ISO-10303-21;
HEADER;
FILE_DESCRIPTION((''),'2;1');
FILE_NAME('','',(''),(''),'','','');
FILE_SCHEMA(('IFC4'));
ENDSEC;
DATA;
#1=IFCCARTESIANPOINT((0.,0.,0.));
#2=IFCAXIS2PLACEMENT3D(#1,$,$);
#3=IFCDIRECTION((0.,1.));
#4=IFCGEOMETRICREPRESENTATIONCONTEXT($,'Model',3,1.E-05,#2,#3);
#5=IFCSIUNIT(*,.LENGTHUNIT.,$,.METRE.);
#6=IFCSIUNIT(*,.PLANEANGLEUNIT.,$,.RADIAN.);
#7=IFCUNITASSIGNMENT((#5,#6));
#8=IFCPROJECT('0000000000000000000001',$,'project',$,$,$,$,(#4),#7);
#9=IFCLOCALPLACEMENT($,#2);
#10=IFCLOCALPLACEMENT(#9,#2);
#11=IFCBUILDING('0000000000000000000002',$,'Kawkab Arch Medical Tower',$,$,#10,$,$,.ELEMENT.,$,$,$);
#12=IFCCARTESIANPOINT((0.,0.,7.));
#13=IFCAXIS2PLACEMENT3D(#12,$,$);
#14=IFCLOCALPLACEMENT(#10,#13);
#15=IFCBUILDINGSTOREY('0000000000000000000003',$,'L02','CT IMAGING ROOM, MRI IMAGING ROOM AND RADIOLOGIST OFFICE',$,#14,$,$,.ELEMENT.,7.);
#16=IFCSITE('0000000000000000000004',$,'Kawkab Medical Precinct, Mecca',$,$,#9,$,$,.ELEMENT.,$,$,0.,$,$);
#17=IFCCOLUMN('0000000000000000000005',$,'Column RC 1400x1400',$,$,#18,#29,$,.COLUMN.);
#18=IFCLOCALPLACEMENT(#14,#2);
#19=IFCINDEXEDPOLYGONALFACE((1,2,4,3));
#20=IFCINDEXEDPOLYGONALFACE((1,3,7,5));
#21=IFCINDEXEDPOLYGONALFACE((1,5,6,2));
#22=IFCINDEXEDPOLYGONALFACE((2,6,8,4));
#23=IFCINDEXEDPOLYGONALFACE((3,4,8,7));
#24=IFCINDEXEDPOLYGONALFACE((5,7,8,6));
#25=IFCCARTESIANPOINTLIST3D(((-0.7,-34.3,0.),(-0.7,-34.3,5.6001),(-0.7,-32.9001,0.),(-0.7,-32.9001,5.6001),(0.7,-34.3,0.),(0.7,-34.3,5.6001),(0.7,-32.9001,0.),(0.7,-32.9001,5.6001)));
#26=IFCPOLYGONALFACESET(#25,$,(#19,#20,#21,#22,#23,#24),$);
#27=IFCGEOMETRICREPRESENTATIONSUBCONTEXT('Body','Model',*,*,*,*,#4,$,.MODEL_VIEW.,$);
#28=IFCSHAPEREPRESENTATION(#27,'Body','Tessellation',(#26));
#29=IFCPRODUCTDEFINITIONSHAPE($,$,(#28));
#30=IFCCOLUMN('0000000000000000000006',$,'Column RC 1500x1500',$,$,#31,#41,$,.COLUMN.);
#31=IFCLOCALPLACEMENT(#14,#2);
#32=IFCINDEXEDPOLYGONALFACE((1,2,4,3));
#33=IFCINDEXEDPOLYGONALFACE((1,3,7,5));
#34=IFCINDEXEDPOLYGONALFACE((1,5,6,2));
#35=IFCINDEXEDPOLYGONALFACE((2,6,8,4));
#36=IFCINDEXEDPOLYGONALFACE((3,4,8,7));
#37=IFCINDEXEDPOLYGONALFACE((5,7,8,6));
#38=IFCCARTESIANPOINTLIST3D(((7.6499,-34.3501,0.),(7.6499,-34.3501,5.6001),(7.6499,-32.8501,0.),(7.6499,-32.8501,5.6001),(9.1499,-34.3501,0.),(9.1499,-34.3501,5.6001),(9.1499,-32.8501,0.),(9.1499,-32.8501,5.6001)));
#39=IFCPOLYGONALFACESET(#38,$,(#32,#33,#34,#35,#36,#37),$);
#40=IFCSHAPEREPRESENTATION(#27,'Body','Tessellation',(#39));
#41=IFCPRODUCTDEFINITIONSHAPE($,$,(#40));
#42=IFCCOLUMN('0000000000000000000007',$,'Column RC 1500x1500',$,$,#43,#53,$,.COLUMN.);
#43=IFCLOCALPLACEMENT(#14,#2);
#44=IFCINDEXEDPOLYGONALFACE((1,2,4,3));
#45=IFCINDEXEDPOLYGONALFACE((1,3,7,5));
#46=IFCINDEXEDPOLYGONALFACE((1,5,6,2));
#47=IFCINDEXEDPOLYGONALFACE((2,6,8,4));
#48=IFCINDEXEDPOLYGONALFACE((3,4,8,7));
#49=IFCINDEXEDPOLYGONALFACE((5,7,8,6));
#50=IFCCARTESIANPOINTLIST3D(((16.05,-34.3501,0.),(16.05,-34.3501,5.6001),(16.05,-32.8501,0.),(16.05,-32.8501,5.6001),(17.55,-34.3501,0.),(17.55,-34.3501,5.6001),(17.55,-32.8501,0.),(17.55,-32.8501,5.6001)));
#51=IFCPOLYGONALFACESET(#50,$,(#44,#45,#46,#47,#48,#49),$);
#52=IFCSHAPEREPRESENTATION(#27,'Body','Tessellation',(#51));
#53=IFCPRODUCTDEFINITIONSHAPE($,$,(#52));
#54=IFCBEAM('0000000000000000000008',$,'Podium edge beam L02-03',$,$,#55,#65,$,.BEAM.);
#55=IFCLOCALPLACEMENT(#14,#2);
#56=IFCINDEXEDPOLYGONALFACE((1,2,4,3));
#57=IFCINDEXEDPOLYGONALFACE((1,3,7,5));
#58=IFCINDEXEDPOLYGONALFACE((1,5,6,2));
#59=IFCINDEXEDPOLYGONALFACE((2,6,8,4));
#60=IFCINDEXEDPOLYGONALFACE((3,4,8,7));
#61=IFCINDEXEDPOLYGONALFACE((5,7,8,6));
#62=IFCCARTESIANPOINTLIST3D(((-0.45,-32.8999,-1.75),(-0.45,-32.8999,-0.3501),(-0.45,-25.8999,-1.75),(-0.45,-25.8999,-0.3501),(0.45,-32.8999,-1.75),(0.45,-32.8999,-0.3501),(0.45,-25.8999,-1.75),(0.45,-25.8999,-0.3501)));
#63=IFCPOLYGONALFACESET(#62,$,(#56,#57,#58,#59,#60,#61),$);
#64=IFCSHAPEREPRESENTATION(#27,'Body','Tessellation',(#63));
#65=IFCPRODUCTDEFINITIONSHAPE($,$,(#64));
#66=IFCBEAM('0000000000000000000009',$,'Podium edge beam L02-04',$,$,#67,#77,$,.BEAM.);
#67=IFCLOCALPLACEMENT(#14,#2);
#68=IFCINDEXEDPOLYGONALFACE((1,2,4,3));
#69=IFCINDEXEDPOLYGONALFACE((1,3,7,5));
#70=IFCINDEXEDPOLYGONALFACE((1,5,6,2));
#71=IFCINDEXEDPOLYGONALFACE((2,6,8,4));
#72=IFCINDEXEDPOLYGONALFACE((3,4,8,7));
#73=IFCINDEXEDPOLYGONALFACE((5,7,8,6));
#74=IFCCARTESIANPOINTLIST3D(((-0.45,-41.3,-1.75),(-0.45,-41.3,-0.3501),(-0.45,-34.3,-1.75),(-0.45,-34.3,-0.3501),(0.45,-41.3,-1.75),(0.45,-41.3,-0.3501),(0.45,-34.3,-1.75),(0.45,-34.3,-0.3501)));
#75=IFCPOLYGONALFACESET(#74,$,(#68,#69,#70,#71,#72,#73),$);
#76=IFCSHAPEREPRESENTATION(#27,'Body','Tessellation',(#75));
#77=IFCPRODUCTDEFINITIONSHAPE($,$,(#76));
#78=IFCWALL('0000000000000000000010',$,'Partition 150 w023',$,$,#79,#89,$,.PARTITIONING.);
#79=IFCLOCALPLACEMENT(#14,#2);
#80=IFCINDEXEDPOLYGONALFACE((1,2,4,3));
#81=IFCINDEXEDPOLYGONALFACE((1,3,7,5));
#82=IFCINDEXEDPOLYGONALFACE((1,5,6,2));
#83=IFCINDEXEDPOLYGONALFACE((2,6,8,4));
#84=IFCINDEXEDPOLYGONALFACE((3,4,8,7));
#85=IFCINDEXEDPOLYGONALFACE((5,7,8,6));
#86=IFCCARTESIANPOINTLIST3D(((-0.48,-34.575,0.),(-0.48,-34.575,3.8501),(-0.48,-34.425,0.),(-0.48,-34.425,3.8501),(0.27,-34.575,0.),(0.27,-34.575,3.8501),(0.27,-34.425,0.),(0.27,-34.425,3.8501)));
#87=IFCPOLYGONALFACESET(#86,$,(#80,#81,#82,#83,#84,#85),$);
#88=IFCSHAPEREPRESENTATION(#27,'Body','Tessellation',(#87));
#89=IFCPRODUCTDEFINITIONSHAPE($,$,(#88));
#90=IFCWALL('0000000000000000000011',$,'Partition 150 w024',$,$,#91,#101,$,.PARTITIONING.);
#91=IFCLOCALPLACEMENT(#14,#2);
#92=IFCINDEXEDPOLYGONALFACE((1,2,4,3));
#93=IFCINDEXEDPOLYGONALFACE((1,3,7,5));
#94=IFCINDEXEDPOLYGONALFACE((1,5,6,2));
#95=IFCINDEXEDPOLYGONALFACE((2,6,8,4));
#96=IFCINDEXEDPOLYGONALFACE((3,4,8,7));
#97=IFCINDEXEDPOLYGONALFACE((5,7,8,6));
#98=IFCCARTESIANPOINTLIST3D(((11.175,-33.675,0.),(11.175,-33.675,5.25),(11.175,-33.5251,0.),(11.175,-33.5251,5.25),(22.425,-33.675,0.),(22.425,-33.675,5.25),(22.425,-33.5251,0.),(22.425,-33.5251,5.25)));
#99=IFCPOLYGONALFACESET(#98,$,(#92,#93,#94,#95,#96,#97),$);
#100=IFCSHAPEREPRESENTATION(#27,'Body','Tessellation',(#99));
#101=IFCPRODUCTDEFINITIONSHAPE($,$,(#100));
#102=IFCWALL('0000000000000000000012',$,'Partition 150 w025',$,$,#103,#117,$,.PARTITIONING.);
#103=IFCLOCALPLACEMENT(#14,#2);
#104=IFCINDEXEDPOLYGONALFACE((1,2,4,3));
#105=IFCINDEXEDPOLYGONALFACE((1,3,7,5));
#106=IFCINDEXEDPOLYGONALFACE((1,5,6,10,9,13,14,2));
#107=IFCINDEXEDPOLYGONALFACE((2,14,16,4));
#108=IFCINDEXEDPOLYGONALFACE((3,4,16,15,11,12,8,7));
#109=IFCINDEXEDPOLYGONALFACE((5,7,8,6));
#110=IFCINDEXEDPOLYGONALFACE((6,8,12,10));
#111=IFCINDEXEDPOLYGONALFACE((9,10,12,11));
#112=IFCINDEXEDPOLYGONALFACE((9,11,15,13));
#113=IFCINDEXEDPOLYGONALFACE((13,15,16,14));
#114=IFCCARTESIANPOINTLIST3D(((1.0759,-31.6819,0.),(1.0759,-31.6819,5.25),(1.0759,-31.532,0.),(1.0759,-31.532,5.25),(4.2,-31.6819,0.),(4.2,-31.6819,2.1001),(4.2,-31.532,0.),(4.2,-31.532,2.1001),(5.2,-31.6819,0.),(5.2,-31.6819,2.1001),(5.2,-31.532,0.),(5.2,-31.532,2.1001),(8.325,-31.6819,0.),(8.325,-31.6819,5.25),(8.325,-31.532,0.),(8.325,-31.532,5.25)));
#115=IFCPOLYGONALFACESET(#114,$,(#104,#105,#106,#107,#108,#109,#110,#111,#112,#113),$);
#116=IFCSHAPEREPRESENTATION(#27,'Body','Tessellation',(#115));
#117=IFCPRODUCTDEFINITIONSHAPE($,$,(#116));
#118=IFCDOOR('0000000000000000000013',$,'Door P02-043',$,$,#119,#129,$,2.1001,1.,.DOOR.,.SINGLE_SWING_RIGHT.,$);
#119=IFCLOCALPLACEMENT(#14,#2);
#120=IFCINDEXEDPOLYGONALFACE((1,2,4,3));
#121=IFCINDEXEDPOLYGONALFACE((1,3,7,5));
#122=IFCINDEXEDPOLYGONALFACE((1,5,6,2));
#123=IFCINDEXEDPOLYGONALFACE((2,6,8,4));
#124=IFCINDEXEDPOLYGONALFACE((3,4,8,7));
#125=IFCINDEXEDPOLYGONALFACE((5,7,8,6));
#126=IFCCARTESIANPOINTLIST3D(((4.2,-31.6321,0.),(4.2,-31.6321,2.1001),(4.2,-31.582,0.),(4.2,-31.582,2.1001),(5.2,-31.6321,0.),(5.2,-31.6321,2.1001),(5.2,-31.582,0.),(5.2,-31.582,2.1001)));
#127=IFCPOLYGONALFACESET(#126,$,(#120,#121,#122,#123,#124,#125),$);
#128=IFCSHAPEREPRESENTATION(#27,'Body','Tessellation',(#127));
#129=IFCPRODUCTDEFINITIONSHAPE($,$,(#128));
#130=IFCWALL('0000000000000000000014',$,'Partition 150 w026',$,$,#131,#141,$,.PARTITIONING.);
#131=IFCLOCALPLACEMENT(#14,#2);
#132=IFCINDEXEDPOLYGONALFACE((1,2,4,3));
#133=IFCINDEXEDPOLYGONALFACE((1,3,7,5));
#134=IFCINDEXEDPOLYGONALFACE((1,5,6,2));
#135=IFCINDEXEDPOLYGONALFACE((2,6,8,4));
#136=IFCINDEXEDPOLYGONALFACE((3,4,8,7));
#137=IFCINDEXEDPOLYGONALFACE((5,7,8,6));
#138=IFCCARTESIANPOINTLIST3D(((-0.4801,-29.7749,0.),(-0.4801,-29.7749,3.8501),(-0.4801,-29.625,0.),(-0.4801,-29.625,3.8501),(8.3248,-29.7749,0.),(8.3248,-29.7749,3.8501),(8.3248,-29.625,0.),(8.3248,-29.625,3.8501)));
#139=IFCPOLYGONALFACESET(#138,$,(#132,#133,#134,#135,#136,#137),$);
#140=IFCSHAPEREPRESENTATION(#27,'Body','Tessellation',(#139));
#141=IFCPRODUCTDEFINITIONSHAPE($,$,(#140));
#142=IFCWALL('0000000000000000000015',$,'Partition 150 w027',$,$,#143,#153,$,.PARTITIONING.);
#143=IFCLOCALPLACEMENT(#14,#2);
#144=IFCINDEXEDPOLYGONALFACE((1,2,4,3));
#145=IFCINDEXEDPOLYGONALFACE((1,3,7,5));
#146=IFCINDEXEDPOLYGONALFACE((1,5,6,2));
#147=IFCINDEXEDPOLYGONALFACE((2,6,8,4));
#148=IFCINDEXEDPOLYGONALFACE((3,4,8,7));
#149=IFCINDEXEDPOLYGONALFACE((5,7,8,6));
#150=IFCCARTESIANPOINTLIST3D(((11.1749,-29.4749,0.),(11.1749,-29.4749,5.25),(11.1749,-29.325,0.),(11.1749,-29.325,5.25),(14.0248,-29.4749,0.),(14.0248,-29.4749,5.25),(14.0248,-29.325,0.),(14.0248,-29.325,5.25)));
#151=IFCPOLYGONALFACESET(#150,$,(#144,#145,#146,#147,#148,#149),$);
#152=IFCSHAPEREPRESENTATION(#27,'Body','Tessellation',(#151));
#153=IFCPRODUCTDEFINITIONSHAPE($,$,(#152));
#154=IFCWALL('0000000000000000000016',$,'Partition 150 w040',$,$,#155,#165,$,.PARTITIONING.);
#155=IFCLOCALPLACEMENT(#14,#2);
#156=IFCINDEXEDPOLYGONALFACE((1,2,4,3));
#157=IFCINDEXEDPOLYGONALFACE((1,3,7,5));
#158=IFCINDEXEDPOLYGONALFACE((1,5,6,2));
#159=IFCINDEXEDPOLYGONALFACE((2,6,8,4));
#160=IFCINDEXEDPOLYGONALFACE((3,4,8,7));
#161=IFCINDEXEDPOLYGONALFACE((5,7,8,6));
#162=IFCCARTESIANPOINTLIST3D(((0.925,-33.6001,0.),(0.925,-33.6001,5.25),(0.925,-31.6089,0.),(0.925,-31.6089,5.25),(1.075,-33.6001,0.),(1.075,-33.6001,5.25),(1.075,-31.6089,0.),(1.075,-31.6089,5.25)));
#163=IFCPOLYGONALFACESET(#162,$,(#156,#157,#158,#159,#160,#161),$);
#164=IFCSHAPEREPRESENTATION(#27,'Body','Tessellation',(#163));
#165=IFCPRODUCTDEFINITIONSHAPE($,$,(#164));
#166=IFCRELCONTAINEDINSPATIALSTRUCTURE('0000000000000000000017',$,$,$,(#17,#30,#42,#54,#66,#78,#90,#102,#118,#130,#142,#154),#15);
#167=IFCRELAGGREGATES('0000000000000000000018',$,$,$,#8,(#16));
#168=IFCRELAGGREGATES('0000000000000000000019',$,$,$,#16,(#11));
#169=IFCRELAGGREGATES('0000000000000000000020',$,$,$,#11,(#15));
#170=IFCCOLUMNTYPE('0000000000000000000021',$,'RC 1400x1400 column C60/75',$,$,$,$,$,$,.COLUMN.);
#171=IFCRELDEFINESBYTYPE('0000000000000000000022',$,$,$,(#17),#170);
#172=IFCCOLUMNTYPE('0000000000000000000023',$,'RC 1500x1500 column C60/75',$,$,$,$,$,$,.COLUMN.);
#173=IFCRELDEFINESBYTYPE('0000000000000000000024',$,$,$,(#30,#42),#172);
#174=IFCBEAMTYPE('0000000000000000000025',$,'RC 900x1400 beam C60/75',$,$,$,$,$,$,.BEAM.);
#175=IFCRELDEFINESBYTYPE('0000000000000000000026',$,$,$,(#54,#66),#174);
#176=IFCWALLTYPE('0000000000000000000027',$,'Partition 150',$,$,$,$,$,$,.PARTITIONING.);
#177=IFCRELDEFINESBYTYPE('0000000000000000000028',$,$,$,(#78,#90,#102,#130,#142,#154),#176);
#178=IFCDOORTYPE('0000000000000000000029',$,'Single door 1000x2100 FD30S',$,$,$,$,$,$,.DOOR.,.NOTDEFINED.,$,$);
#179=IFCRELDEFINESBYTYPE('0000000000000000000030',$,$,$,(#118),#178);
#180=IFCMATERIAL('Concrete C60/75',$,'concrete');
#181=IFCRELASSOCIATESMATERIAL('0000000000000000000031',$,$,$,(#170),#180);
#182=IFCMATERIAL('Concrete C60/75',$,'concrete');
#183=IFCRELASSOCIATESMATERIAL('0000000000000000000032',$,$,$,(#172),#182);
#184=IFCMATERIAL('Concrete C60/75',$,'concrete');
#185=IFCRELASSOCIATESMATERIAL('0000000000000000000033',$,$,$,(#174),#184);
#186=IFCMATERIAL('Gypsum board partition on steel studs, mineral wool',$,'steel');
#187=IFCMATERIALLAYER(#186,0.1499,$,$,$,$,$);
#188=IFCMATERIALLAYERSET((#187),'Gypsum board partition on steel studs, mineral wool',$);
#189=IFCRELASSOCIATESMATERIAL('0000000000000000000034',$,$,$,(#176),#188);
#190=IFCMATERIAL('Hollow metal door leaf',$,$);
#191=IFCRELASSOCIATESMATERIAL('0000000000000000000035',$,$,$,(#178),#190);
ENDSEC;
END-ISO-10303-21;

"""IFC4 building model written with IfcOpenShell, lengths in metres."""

from ifc_helpers import new_model, si_unit, direction, frame, frame_2d, origin, origin_2d, place, context, subcontext, project, spatial, rectangle, extrude, material, layer, layer_set, material_profile, profile_set, type_object, element, fill, save


model = new_model("IFC4")

# Units and contexts
model_context = context("Model", 3, precision=1e-05, world=origin(), true_north=direction((0.0, 1.0)))
body_context = subcontext(model_context, "Body", "Model", "MODEL_VIEW")
ifc_project = project(units=[si_unit("LENGTHUNIT", "METRE"), si_unit("PLANEANGLEUNIT", "RADIAN")], contexts=[model_context])

# Site, building, storey
site_placement = place(None, origin())
site = spatial("IfcSite", under=ifc_project, at=site_placement, Name="Kawkab Medical Precinct, Mecca", CompositionType="ELEMENT", RefElevation=0.0)
building_placement = place(site_placement, origin())
building = spatial("IfcBuilding", under=site, at=building_placement, Name="Kawkab Arch Medical Tower", CompositionType="ELEMENT")
storey_placement = place(building_placement, frame((0.0, 0.0, 7.0)))
storey = spatial("IfcBuildingStorey", under=building, at=storey_placement, Name="L02", Description="CT IMAGING ROOM, MRI IMAGING ROOM AND RADIOLOGIST OFFICE", CompositionType="ELEMENT", Elevation=7.0)

# Columns
ifc_material_1 = material(Name="Concrete C60/75", Category="concrete")
ifc_material_profile_1 = material_profile(ifc_material_1, rectangle(XDim=1.3999, YDim=1.3999, at=origin_2d()), Name="RC 1400x1400")
ifc_profile_set_1 = profile_set([ifc_material_profile_1], Name="Concrete C60/75")
column_type_1 = type_object("IfcColumnType", Name="RC 1400x1400 column C60/75", PredefinedType="COLUMN", material=ifc_profile_set_1)
column_placement = place(storey_placement, frame((0.0, -33.6001, 0.0), z_axis=(0.0, 0.0, 1.0), x_axis=(1.0, 0.0, 0.0)))
element("IfcColumn", 1, at=column_placement, inside=storey, type_object=column_type_1, Name="Column RC 1400x1400", PredefinedType="COLUMN", context=body_context, shape_type="SweptSolid", body=[
    extrude(rectangle(XDim=1.3999, YDim=1.3999, at=origin_2d()), origin(), (0.0, 0.0, 1.0), 5.6001),
])
ifc_material_2 = material(Name="Concrete C60/75", Category="concrete")
ifc_material_profile_2 = material_profile(ifc_material_2, rectangle(XDim=1.5, YDim=1.5, at=origin_2d()), Name="RC 1500x1500")
ifc_profile_set_2 = profile_set([ifc_material_profile_2], Name="Concrete C60/75")
column_type_2 = type_object("IfcColumnType", Name="RC 1500x1500 column C60/75", PredefinedType="COLUMN", material=ifc_profile_set_2)
for number, where, z_axis, x_axis, name in (
    (2, (8.3999, -33.6001, 0.0), (0.0, 0.0, 1.0), (1.0, 0.0, 0.0), "Column RC 1500x1500"),
    (3, (16.8, -33.6001, 0.0), (0.0, 0.0, 1.0), (1.0, 0.0, 0.0), "Column RC 1500x1500"),
):
    element("IfcColumn", number, at=place(storey_placement, frame(where, z_axis=z_axis, x_axis=x_axis)), inside=storey, type_object=column_type_2, Name=name, PredefinedType="COLUMN", context=body_context, shape_type="SweptSolid", body=[
        extrude(rectangle(XDim=1.5, YDim=1.5, at=origin_2d()), origin(), (0.0, 0.0, 1.0), 5.6001),
    ])

# Beams
ifc_material_3 = material(Name="Concrete C60/75", Category="concrete")
ifc_material_profile_3 = material_profile(ifc_material_3, rectangle(XDim=0.8999, YDim=1.3999, at=origin_2d()), Name="RC 900x1400")
ifc_profile_set_3 = profile_set([ifc_material_profile_3], Name="Concrete C60/75")
beam_type = type_object("IfcBeamType", Name="RC 900x1400 beam C60/75", PredefinedType="BEAM", material=ifc_profile_set_3)
for number, where, z_axis, x_axis, name in (
    (4, (0.0, -25.8999, -1.05), (0.0, -1.0, 0.0), (1.0, 0.0, 0.0), "Podium edge beam L02-03"),
    (5, (0.0, -34.3, -1.05), (0.0, -1.0, 0.0), (1.0, 0.0, 0.0), "Podium edge beam L02-04"),
):
    element("IfcBeam", number, at=place(storey_placement, frame(where, z_axis=z_axis, x_axis=x_axis)), inside=storey, type_object=beam_type, Name=name, PredefinedType="BEAM", context=body_context, shape_type="SweptSolid", body=[
        extrude(rectangle(XDim=0.8999, YDim=1.3999, at=origin_2d()), origin(), (0.0, 0.0, 1.0), 7.0),
    ])

# Walls
ifc_material_4 = material(Name="Gypsum board partition on steel studs, mineral wool", Category="steel")
ifc_layer_1 = layer(ifc_material_4, 0.1499)
ifc_layer_set_1 = layer_set([ifc_layer_1], Name="Gypsum board partition on steel studs, mineral wool")
wall_type_1 = type_object("IfcWallType", Name="Partition 150", PredefinedType="PARTITIONING", material=ifc_layer_set_1)
wall_1_placement = place(storey_placement, frame((-0.48, -34.5, 0.0), z_axis=(0.0, 0.0, 1.0), x_axis=(1.0, 0.0, 0.0)))
element("IfcWall", 6, at=wall_1_placement, inside=storey, type_object=wall_type_1, Name="Partition 150 w023", PredefinedType="PARTITIONING", context=body_context, shape_type="SweptSolid", body=[
    extrude(rectangle(XDim=0.75, YDim=0.1499, at=frame_2d((0.375, 0.0))), origin(), (0.0, 0.0, 1.0), 3.8501),
])
wall_2_placement = place(storey_placement, frame((11.175, -33.6001, 0.0), z_axis=(0.0, 0.0, 1.0), x_axis=(1.0, 0.0, 0.0)))
element("IfcWall", 7, at=wall_2_placement, inside=storey, type_object=wall_type_1, Name="Partition 150 w024", PredefinedType="PARTITIONING", context=body_context, shape_type="SweptSolid", body=[
    extrude(rectangle(XDim=11.25, YDim=0.1499, at=frame_2d((5.625, 0.0))), origin(), (0.0, 0.0, 1.0), 5.25),
])

# Wall, opening, door
wall_3_placement = place(storey_placement, frame((1.0759, -31.6069, 0.0), z_axis=(0.0, 0.0, 1.0), x_axis=(1.0, 0.0, 0.0)))
wall_3 = element("IfcWall", 8, at=wall_3_placement, inside=storey, type_object=wall_type_1, Name="Partition 150 w025", PredefinedType="PARTITIONING", context=body_context, shape_type="SweptSolid", body=[
    extrude(rectangle(XDim=7.249, YDim=0.1499, at=frame_2d((3.6245, 0.0))), origin(), (0.0, 0.0, 1.0), 5.25),
])
opening_1_placement = place(wall_3_placement, frame((3.124, 0.0, 0.0)))
opening_1 = element("IfcOpeningElement", 9, at=opening_1_placement, cuts=wall_3, PredefinedType="OPENING", context=body_context, shape_type="SweptSolid", body=[
    extrude(rectangle(XDim=1.0, YDim=2.1001, at=frame_2d((0.5, 1.05))), frame((0.0, 0.085, 0.0), z_axis=(0.0, -1.0, 0.0), x_axis=(1.0, 0.0, 0.0)), (0.0, 0.0, 1.0), 0.1699),
])
ifc_material_5 = material(Name="Hollow metal door leaf")
door_type_1 = type_object("IfcDoorType", Name="Single door 1000x2100 FD30S", OperationType="NOTDEFINED", PredefinedType="DOOR", material=ifc_material_5)
door_1_placement = place(opening_1_placement, origin())
door_1 = element("IfcDoor", 10, at=door_1_placement, inside=storey, type_object=door_type_1, Name="Door P02-043", OperationType="SINGLE_SWING_RIGHT", OverallHeight=2.1001, OverallWidth=1.0, PredefinedType="DOOR", context=body_context, shape_type="SweptSolid", body=[
    extrude(rectangle(XDim=1.0, YDim=2.1001, at=frame_2d((0.5, 1.05))), frame((0.0, 0.0249, 0.0), z_axis=(0.0, -1.0, 0.0), x_axis=(1.0, 0.0, 0.0)), (0.0, 0.0, 1.0), 0.05),
])
fill(opening_1, door_1)

# Walls
wall_4_placement = place(storey_placement, frame((-0.48, -29.7, 0.0), z_axis=(0.0, 0.0, 1.0), x_axis=(1.0, 0.0, 0.0)))
element("IfcWall", 11, at=wall_4_placement, inside=storey, type_object=wall_type_1, Name="Partition 150 w026", PredefinedType="PARTITIONING", context=body_context, shape_type="SweptSolid", body=[
    extrude(rectangle(XDim=8.8049, YDim=0.1499, at=frame_2d((4.4023, 0.0))), origin(), (0.0, 0.0, 1.0), 3.8501),
])
wall_5_placement = place(storey_placement, frame((11.175, -29.3999, 0.0), z_axis=(0.0, 0.0, 1.0), x_axis=(1.0, 0.0, 0.0)))
element("IfcWall", 12, at=wall_5_placement, inside=storey, type_object=wall_type_1, Name="Partition 150 w027", PredefinedType="PARTITIONING", context=body_context, shape_type="SweptSolid", body=[
    extrude(rectangle(XDim=2.8499, YDim=0.1499, at=frame_2d((1.4248, 0.0))), origin(), (0.0, 0.0, 1.0), 5.25),
])
wall_6_placement = place(storey_placement, frame((1.0, -33.6001, 0.0), z_axis=(0.0, 0.0, 1.0), x_axis=(0.0, 1.0, 0.0)))
element("IfcWall", 13, at=wall_6_placement, inside=storey, type_object=wall_type_1, Name="Partition 150 w040", PredefinedType="PARTITIONING", context=body_context, shape_type="SweptSolid", body=[
    extrude(rectangle(XDim=1.9912, YDim=0.1499, at=frame_2d((0.9956, 0.0))), origin(), (0.0, 0.0, 1.0), 5.25),
])

save(model, "model.ifc")
